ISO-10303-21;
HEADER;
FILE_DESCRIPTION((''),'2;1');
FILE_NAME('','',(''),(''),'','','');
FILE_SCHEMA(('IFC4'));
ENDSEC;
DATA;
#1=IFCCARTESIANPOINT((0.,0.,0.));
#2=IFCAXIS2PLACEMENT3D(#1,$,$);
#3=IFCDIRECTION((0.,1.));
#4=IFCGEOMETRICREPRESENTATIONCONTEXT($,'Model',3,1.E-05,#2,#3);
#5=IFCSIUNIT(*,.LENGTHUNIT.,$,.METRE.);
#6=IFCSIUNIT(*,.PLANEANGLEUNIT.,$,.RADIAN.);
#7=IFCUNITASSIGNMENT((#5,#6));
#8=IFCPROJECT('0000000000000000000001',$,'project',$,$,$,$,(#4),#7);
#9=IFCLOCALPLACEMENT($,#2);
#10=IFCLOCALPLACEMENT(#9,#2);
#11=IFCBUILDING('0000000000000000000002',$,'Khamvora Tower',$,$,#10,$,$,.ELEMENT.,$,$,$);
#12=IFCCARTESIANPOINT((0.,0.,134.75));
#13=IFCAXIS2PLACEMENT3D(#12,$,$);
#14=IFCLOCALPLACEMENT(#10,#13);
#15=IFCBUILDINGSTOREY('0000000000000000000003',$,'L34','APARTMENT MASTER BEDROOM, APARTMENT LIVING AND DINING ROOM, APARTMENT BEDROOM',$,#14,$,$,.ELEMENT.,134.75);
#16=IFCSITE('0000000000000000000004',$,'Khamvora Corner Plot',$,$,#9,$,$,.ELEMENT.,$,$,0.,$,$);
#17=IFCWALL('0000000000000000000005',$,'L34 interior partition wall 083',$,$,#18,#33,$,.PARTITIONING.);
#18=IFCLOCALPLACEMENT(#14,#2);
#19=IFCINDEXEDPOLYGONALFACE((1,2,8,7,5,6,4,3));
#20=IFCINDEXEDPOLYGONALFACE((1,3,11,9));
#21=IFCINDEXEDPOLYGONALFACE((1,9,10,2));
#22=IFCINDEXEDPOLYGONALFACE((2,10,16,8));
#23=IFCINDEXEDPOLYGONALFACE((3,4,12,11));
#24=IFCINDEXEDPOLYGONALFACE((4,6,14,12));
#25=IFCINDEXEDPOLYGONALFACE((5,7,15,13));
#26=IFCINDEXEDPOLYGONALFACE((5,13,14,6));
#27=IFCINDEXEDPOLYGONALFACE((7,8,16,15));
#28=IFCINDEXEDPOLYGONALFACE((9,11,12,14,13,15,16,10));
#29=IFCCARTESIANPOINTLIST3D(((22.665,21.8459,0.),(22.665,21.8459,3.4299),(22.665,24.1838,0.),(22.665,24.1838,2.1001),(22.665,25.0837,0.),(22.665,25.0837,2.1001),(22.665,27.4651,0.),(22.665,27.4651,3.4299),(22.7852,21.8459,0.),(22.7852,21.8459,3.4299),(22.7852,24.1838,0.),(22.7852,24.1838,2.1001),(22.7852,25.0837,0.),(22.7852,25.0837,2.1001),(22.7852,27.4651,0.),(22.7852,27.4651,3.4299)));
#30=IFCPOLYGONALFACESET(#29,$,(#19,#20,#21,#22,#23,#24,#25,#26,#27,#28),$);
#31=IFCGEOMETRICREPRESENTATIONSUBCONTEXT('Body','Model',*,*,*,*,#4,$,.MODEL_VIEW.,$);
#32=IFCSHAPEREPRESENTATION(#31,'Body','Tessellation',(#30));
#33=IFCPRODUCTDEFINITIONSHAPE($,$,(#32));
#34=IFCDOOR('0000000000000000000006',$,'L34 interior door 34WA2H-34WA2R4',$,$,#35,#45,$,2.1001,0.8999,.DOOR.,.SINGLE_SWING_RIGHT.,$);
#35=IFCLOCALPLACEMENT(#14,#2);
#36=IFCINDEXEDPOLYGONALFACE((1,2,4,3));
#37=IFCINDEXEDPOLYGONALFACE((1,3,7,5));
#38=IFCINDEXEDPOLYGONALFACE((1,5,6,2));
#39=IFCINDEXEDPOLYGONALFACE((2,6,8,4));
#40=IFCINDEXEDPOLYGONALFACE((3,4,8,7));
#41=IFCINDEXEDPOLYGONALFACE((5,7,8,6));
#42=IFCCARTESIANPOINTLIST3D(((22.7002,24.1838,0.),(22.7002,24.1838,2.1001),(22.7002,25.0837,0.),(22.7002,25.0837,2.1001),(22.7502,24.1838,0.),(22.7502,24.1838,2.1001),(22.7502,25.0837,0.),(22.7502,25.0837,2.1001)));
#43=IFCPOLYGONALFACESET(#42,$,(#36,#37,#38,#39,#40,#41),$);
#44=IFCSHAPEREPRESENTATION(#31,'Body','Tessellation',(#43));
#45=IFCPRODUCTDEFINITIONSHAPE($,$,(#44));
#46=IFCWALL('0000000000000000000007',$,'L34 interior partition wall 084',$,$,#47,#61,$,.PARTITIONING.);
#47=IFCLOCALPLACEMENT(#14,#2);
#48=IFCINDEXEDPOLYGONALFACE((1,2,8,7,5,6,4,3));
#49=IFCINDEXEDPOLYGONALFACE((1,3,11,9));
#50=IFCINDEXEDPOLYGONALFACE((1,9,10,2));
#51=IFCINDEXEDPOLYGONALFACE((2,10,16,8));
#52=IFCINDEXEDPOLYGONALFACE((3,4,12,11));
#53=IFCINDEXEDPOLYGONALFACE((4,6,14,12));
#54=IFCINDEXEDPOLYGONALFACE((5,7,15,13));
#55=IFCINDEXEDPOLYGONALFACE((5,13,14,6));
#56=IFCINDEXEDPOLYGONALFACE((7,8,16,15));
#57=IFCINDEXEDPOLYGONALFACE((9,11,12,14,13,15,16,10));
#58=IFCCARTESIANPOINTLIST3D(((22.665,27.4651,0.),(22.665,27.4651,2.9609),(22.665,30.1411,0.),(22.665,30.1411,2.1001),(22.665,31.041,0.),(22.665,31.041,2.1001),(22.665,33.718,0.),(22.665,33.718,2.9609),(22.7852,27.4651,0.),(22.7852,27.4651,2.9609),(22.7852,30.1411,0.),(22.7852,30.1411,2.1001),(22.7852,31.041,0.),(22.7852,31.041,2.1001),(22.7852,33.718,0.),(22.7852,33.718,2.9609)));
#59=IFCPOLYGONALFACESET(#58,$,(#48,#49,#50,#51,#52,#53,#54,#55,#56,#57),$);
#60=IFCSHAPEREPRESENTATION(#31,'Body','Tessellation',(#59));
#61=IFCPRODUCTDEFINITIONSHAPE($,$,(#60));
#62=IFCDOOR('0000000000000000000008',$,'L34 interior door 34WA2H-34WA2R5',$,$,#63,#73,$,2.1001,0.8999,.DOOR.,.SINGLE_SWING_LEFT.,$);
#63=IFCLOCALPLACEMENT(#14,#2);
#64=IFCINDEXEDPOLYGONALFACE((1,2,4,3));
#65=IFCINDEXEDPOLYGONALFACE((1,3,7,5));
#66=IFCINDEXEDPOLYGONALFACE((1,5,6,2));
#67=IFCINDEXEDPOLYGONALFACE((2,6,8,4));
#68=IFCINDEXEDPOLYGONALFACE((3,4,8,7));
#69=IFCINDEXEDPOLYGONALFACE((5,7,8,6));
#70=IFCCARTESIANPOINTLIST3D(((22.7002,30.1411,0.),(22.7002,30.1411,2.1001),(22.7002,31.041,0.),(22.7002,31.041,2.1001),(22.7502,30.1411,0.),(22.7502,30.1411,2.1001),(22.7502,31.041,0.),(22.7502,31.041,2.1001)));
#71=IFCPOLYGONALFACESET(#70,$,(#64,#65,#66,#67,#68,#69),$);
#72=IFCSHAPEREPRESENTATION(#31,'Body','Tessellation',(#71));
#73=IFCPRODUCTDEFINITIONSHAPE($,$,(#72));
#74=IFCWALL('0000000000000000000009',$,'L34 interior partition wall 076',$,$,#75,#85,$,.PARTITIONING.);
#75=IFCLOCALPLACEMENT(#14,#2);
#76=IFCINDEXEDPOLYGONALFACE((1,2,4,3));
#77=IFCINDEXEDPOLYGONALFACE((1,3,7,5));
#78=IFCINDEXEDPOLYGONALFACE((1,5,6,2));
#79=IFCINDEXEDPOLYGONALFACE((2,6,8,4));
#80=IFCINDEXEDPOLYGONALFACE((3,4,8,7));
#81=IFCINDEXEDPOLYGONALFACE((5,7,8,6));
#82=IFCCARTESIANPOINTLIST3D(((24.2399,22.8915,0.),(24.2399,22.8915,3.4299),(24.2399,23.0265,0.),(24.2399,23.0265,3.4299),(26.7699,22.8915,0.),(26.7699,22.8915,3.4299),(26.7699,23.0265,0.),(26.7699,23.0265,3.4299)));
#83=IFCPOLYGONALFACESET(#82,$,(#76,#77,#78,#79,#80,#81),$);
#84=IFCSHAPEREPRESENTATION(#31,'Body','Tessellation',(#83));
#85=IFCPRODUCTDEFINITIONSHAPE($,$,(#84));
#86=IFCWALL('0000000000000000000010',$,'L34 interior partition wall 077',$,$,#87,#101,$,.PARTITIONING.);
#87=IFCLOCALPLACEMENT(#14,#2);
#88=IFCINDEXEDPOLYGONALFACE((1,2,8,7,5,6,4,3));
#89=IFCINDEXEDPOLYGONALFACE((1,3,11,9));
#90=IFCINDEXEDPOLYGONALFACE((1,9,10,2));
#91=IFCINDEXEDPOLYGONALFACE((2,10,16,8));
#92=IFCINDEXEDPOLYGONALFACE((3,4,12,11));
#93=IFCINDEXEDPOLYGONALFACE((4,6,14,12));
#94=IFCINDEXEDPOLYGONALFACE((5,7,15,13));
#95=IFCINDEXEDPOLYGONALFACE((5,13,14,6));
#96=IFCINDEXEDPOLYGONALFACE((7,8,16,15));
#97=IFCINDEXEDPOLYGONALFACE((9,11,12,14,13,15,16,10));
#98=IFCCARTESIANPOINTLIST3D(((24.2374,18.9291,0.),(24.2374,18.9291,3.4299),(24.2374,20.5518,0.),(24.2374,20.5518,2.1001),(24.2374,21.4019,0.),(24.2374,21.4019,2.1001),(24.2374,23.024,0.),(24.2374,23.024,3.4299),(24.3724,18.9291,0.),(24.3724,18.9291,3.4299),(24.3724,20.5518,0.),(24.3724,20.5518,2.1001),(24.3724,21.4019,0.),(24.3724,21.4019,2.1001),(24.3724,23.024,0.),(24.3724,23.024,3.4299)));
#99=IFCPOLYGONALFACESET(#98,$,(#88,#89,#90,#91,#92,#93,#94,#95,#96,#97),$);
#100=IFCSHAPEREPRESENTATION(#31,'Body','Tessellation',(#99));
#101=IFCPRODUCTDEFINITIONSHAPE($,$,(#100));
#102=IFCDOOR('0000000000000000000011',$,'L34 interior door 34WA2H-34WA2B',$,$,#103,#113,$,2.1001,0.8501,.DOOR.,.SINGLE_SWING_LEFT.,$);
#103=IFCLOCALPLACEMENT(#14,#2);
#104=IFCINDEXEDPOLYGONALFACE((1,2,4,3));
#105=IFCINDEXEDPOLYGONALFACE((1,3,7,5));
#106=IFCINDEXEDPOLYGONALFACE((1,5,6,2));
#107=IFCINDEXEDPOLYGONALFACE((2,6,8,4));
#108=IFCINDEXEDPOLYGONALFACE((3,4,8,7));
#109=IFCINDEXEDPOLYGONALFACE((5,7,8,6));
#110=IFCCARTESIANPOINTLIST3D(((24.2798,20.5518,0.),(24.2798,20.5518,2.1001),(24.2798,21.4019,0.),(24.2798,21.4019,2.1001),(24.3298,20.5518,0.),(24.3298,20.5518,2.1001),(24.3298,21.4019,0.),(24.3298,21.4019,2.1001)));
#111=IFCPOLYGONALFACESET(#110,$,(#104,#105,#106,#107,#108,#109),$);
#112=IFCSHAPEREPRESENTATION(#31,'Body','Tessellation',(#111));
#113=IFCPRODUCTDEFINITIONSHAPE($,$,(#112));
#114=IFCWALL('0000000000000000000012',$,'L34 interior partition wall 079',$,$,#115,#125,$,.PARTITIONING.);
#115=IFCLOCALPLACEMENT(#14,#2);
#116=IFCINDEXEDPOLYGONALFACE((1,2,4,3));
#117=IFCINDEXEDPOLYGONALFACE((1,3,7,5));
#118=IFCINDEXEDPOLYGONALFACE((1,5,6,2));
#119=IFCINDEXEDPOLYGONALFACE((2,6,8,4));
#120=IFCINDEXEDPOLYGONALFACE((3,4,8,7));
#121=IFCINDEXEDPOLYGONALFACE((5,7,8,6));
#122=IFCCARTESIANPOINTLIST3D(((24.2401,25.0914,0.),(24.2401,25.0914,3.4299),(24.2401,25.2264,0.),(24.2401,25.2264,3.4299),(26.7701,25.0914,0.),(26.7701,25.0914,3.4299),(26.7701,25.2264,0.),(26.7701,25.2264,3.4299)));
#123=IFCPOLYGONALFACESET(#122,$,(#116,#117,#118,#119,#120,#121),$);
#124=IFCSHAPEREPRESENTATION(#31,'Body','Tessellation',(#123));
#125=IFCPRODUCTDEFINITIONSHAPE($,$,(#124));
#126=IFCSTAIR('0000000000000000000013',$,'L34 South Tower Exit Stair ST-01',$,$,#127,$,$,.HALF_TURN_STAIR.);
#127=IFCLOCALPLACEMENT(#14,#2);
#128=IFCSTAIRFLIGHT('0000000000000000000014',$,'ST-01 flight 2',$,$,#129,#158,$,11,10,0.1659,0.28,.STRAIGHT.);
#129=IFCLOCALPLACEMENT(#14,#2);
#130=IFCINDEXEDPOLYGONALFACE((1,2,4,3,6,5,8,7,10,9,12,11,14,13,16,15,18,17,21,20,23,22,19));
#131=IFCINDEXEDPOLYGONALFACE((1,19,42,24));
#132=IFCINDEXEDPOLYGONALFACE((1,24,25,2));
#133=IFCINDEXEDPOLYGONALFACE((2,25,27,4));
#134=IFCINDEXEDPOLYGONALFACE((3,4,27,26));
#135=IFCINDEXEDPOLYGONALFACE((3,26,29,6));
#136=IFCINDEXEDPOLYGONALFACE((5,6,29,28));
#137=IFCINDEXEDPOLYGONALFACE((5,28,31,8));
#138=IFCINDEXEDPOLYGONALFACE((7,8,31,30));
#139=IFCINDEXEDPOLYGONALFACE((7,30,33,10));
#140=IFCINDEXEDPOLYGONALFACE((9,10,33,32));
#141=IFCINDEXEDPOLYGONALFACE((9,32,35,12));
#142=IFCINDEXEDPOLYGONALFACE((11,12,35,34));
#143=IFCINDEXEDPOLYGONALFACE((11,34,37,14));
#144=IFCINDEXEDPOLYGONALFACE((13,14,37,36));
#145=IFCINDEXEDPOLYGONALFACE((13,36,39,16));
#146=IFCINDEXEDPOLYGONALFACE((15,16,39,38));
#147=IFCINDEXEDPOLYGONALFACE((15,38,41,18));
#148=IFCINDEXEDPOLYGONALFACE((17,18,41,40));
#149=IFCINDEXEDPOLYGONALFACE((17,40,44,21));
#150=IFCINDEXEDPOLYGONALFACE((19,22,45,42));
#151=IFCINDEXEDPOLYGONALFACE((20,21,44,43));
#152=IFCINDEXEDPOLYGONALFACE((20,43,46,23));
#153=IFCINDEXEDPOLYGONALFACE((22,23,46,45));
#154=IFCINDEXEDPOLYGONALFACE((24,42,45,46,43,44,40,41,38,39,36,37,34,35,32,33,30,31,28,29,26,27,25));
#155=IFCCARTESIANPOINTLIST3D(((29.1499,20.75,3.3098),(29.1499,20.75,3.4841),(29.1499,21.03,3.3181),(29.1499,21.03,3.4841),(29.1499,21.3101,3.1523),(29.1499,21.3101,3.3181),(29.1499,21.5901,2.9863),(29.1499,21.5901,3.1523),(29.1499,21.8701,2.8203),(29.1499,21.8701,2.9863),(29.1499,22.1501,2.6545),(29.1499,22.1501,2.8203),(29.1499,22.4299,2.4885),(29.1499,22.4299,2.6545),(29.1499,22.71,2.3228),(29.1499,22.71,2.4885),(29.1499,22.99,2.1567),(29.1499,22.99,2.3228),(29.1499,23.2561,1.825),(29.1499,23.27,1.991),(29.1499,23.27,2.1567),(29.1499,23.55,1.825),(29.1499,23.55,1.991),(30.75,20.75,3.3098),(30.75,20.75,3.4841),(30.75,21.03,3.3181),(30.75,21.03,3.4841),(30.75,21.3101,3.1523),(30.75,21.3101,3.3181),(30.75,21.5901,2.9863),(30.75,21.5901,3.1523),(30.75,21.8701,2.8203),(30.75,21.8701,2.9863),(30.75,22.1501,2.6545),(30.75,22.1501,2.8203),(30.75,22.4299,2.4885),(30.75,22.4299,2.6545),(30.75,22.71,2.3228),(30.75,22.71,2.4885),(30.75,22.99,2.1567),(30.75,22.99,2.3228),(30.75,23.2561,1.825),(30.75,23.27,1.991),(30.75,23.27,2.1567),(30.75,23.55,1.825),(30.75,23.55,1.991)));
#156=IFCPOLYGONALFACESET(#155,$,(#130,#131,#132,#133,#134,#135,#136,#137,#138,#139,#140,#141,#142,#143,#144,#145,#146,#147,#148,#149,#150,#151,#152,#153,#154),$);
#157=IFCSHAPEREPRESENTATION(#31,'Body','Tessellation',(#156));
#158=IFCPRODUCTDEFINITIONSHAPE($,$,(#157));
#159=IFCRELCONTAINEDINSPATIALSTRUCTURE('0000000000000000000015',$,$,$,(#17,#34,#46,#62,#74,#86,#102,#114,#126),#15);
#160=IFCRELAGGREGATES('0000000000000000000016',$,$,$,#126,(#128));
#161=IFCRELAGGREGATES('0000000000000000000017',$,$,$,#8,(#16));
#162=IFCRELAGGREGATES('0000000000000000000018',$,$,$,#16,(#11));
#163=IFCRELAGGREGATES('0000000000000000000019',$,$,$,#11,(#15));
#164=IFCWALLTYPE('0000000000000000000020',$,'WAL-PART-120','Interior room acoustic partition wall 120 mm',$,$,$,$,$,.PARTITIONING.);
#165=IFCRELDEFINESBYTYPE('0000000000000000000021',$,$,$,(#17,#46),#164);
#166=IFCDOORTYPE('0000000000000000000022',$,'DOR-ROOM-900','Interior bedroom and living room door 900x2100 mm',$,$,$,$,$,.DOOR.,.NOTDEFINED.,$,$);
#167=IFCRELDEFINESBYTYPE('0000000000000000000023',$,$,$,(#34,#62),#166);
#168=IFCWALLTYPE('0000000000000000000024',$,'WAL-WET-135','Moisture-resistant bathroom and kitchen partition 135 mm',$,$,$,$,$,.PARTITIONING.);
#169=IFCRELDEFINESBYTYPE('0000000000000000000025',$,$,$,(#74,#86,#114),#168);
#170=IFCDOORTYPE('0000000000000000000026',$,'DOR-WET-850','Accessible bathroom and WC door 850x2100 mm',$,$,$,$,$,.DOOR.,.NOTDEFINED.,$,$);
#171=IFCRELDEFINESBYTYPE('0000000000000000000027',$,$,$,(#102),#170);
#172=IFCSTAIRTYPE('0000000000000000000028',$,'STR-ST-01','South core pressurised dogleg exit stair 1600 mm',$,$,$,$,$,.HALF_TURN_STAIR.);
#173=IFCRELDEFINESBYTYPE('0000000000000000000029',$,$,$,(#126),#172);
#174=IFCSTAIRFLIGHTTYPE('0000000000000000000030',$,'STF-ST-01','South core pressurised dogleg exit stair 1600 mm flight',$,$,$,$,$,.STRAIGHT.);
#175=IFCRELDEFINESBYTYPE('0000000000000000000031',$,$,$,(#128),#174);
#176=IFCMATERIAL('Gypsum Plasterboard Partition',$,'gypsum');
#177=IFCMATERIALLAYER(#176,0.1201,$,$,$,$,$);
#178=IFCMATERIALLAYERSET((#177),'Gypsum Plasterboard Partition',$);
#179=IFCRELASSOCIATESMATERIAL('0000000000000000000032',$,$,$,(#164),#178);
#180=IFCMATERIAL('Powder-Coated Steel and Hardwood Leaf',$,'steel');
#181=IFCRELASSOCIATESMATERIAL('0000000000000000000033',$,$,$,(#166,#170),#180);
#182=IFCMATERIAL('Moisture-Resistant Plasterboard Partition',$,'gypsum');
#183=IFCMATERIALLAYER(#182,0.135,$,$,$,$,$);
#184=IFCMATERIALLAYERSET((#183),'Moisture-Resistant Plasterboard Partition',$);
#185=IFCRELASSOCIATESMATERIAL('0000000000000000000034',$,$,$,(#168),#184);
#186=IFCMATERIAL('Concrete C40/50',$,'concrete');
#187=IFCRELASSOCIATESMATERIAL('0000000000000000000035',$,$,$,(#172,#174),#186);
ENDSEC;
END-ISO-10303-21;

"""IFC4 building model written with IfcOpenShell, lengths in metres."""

from ifc_helpers import new_model, si_unit, direction, frame, frame_2d, origin, place, context, subcontext, project, spatial, polyline, rectangle, outline, extrude, material, layer, layer_set, type_object, element, fill, aggregate, save


model = new_model("IFC4")

# Units and contexts
model_context = context("Model", 3, precision=1e-05, world=origin(), true_north=direction((0.0, 1.0)))
body_context = subcontext(model_context, "Body", "Model", "MODEL_VIEW")
ifc_project = project(units=[si_unit("LENGTHUNIT", "METRE"), si_unit("PLANEANGLEUNIT", "RADIAN")], contexts=[model_context])

# Site, building, storey
site_placement = place(None, origin())
site = spatial("IfcSite", under=ifc_project, at=site_placement, Name="Khamvora Corner Plot", CompositionType="ELEMENT", RefElevation=0.0)
building_placement = place(site_placement, origin())
building = spatial("IfcBuilding", under=site, at=building_placement, Name="Khamvora Tower", CompositionType="ELEMENT")
storey_placement = place(building_placement, frame((0.0, 0.0, 134.75)))
storey = spatial("IfcBuildingStorey", under=building, at=storey_placement, Name="L34", Description="APARTMENT MASTER BEDROOM, APARTMENT LIVING AND DINING ROOM, APARTMENT BEDROOM", CompositionType="ELEMENT", Elevation=134.75)

# Shared definitions
ifc_material_1 = material(Name="Powder-Coated Steel and Hardwood Leaf", Category="steel")

# Walls, openings, doors
ifc_material_2 = material(Name="Gypsum Plasterboard Partition", Category="gypsum")
ifc_layer_1 = layer(ifc_material_2, 0.1201)
ifc_layer_set_1 = layer_set([ifc_layer_1], Name="Gypsum Plasterboard Partition")
wall_type_1 = type_object("IfcWallType", Name="WAL-PART-120", Description="Interior room acoustic partition wall 120 mm", PredefinedType="PARTITIONING", material=ifc_layer_set_1)
wall_1_placement = place(storey_placement, frame((22.7251, 21.8459, 0.0), z_axis=(0.0, 0.0, 1.0), x_axis=(0.0, 1.0, 0.0)))
wall_1 = element("IfcWall", 1, at=wall_1_placement, inside=storey, type_object=wall_type_1, Name="L34 interior partition wall 083", PredefinedType="PARTITIONING", context=body_context, shape_type="SweptSolid", body=[
    extrude(rectangle(XDim=5.6191, YDim=0.1201, at=frame_2d((2.8096, 0.0))), origin(), (0.0, 0.0, 1.0), 3.4299),
])
opening_1_placement = place(wall_1_placement, frame((2.3379, 0.0, 0.0)))
opening_1 = element("IfcOpeningElement", 2, at=opening_1_placement, cuts=wall_1, PredefinedType="OPENING", context=body_context, shape_type="SweptSolid", body=[
    extrude(rectangle(XDim=0.8999, YDim=2.1001, at=frame_2d((0.45, 1.05))), frame((0.0, 0.0701, 0.0), z_axis=(0.0, -1.0, 0.0), x_axis=(1.0, 0.0, 0.0)), (0.0, 0.0, 1.0), 0.1401),
])
door_type_1 = type_object("IfcDoorType", Name="DOR-ROOM-900", Description="Interior bedroom and living room door 900x2100 mm", OperationType="NOTDEFINED", PredefinedType="DOOR", material=ifc_material_1)
door_1_placement = place(opening_1_placement, origin())
door_1 = element("IfcDoor", 3, at=door_1_placement, inside=storey, type_object=door_type_1, Name="L34 interior door 34WA2H-34WA2R4", OperationType="SINGLE_SWING_RIGHT", OverallHeight=2.1001, OverallWidth=0.8999, PredefinedType="DOOR", context=body_context, shape_type="SweptSolid", body=[
    extrude(rectangle(XDim=0.8999, YDim=2.1001, at=frame_2d((0.45, 1.05))), frame((0.0, 0.0249, 0.0), z_axis=(0.0, -1.0, 0.0), x_axis=(1.0, 0.0, 0.0)), (0.0, 0.0, 1.0), 0.05),
])
fill(opening_1, door_1)
wall_2_placement = place(storey_placement, frame((22.7251, 27.4651, 0.0), z_axis=(0.0, 0.0, 1.0), x_axis=(0.0, 1.0, 0.0)))
wall_2 = element("IfcWall", 4, at=wall_2_placement, inside=storey, type_object=wall_type_1, Name="L34 interior partition wall 084", PredefinedType="PARTITIONING", context=body_context, shape_type="SweptSolid", body=[
    extrude(rectangle(XDim=6.2529, YDim=0.1201, at=frame_2d((3.1265, 0.0))), origin(), (0.0, 0.0, 1.0), 2.9609),
])
opening_2_placement = place(wall_2_placement, frame((2.676, 0.0, 0.0)))
opening_2 = element("IfcOpeningElement", 5, at=opening_2_placement, cuts=wall_2, PredefinedType="OPENING", context=body_context, shape_type="SweptSolid", body=[
    extrude(rectangle(XDim=0.8999, YDim=2.1001, at=frame_2d((0.45, 1.05))), frame((0.0, 0.0701, 0.0), z_axis=(0.0, -1.0, 0.0), x_axis=(1.0, 0.0, 0.0)), (0.0, 0.0, 1.0), 0.1401),
])
door_2_placement = place(opening_2_placement, origin())
door_2 = element("IfcDoor", 6, at=door_2_placement, inside=storey, type_object=door_type_1, Name="L34 interior door 34WA2H-34WA2R5", OperationType="SINGLE_SWING_LEFT", OverallHeight=2.1001, OverallWidth=0.8999, PredefinedType="DOOR", context=body_context, shape_type="SweptSolid", body=[
    extrude(rectangle(XDim=0.8999, YDim=2.1001, at=frame_2d((0.45, 1.05))), frame((0.0, 0.0249, 0.0), z_axis=(0.0, -1.0, 0.0), x_axis=(1.0, 0.0, 0.0)), (0.0, 0.0, 1.0), 0.05),
])
fill(opening_2, door_2)

# Wall
ifc_material_3 = material(Name="Moisture-Resistant Plasterboard Partition", Category="gypsum")
ifc_layer_2 = layer(ifc_material_3, 0.135)
ifc_layer_set_2 = layer_set([ifc_layer_2], Name="Moisture-Resistant Plasterboard Partition")
wall_type_2 = type_object("IfcWallType", Name="WAL-WET-135", Description="Moisture-resistant bathroom and kitchen partition 135 mm", PredefinedType="PARTITIONING", material=ifc_layer_set_2)
wall_3_placement = place(storey_placement, frame((26.77, 22.959, 0.0), z_axis=(0.0, 0.0, 1.0), x_axis=(-1.0, 0.0, 0.0)))
element("IfcWall", 7, at=wall_3_placement, inside=storey, type_object=wall_type_2, Name="L34 interior partition wall 076", PredefinedType="PARTITIONING", context=body_context, shape_type="SweptSolid", body=[
    extrude(rectangle(XDim=2.53, YDim=0.135, at=frame_2d((1.2651, 0.0))), origin(), (0.0, 0.0, 1.0), 3.4299),
])

# Wall, opening, door
wall_4_placement = place(storey_placement, frame((24.3049, 23.0239, 0.0), z_axis=(0.0, 0.0, 1.0), x_axis=(0.0, -1.0, 0.0)))
wall_4 = element("IfcWall", 8, at=wall_4_placement, inside=storey, type_object=wall_type_2, Name="L34 interior partition wall 077", PredefinedType="PARTITIONING", context=body_context, shape_type="SweptSolid", body=[
    extrude(rectangle(XDim=4.095, YDim=0.135, at=frame_2d((2.0474, 0.0))), origin(), (0.0, 0.0, 1.0), 3.4299),
])
opening_3_placement = place(wall_4_placement, frame((1.6221, 0.0, 0.0)))
opening_3 = element("IfcOpeningElement", 9, at=opening_3_placement, cuts=wall_4, PredefinedType="OPENING", context=body_context, shape_type="SweptSolid", body=[
    extrude(rectangle(XDim=0.8501, YDim=2.1001, at=frame_2d((0.425, 1.05))), frame((0.0, 0.0774, 0.0), z_axis=(0.0, -1.0, 0.0), x_axis=(1.0, 0.0, 0.0)), (0.0, 0.0, 1.0), 0.155),
])
door_type_2 = type_object("IfcDoorType", Name="DOR-WET-850", Description="Accessible bathroom and WC door 850x2100 mm", OperationType="NOTDEFINED", PredefinedType="DOOR", material=ifc_material_1)
door_3_placement = place(opening_3_placement, origin())
door_3 = element("IfcDoor", 10, at=door_3_placement, inside=storey, type_object=door_type_2, Name="L34 interior door 34WA2H-34WA2B", OperationType="SINGLE_SWING_LEFT", OverallHeight=2.1001, OverallWidth=0.8501, PredefinedType="DOOR", context=body_context, shape_type="SweptSolid", body=[
    extrude(rectangle(XDim=0.8501, YDim=2.1001, at=frame_2d((0.425, 1.05))), frame((0.0, 0.0249, 0.0), z_axis=(0.0, -1.0, 0.0), x_axis=(1.0, 0.0, 0.0)), (0.0, 0.0, 1.0), 0.05),
])
fill(opening_3, door_3)

# Wall
wall_5_placement = place(storey_placement, frame((24.24, 25.1589, 0.0), z_axis=(0.0, 0.0, 1.0), x_axis=(1.0, 0.0, 0.0)))
element("IfcWall", 11, at=wall_5_placement, inside=storey, type_object=wall_type_2, Name="L34 interior partition wall 079", PredefinedType="PARTITIONING", context=body_context, shape_type="SweptSolid", body=[
    extrude(rectangle(XDim=2.53, YDim=0.135, at=frame_2d((1.2651, 0.0))), origin(), (0.0, 0.0, 1.0), 3.4299),
])

# Stair, stair flight
ifc_material_4 = material(Name="Concrete C40/50", Category="concrete")
stair_type = type_object("IfcStairType", Name="STR-ST-01", Description="South core pressurised dogleg exit stair 1600 mm", PredefinedType="HALF_TURN_STAIR", material=ifc_material_4)
stair_placement = place(storey_placement, origin())
stair = element("IfcStair", 12, at=stair_placement, inside=storey, type_object=stair_type, Name="L34 South Tower Exit Stair ST-01", PredefinedType="HALF_TURN_STAIR")
stair_flight_type = type_object("IfcStairFlightType", Name="STF-ST-01", Description="South core pressurised dogleg exit stair 1600 mm flight", PredefinedType="STRAIGHT", material=ifc_material_4)
stair_flight_placement = place(storey_placement, frame((29.95, 23.55, 1.825), z_axis=(0.0, 0.0, 1.0), x_axis=(0.0, -1.0, 0.0)))
stair_flight = element("IfcStairFlight", 13, at=stair_flight_placement, type_object=stair_flight_type, Name="ST-01 flight 2", NumberOfRisers=11, NumberOfTreads=10, PredefinedType="STRAIGHT", RiserHeight=0.1659, TreadLength=0.28, context=body_context, shape_type="SweptSolid", body=[
    extrude(outline(polyline([(0.0, 0.0), (0.0, 0.166), (0.28, 0.166), (0.28, 0.3318), (0.5601, 0.3318), (0.5601, 0.4978), (0.8401, 0.4978), (0.8401, 0.6636), (1.1201, 0.6636), (1.1201, 0.8296), (1.3999, 0.8296), (1.3999, 0.9954), (1.6799, 0.9954), (1.6799, 1.1614), (1.96, 1.1614), (1.96, 1.3274), (2.24, 1.3274), (2.24, 1.4932), (2.52, 1.4932), (2.52, 1.6592), (2.8, 1.6592), (2.8, 1.825), (2.8, 1.4849), (0.2939, 0.0), (0.0, 0.0)])), frame((0.0, 0.8, 0.0), z_axis=(0.0, -1.0, 0.0), x_axis=(1.0, 0.0, 0.0)), (0.0, 0.0, 1.0), 1.6001),
])
aggregate(stair, [stair_flight])

save(model, "model.ifc")
